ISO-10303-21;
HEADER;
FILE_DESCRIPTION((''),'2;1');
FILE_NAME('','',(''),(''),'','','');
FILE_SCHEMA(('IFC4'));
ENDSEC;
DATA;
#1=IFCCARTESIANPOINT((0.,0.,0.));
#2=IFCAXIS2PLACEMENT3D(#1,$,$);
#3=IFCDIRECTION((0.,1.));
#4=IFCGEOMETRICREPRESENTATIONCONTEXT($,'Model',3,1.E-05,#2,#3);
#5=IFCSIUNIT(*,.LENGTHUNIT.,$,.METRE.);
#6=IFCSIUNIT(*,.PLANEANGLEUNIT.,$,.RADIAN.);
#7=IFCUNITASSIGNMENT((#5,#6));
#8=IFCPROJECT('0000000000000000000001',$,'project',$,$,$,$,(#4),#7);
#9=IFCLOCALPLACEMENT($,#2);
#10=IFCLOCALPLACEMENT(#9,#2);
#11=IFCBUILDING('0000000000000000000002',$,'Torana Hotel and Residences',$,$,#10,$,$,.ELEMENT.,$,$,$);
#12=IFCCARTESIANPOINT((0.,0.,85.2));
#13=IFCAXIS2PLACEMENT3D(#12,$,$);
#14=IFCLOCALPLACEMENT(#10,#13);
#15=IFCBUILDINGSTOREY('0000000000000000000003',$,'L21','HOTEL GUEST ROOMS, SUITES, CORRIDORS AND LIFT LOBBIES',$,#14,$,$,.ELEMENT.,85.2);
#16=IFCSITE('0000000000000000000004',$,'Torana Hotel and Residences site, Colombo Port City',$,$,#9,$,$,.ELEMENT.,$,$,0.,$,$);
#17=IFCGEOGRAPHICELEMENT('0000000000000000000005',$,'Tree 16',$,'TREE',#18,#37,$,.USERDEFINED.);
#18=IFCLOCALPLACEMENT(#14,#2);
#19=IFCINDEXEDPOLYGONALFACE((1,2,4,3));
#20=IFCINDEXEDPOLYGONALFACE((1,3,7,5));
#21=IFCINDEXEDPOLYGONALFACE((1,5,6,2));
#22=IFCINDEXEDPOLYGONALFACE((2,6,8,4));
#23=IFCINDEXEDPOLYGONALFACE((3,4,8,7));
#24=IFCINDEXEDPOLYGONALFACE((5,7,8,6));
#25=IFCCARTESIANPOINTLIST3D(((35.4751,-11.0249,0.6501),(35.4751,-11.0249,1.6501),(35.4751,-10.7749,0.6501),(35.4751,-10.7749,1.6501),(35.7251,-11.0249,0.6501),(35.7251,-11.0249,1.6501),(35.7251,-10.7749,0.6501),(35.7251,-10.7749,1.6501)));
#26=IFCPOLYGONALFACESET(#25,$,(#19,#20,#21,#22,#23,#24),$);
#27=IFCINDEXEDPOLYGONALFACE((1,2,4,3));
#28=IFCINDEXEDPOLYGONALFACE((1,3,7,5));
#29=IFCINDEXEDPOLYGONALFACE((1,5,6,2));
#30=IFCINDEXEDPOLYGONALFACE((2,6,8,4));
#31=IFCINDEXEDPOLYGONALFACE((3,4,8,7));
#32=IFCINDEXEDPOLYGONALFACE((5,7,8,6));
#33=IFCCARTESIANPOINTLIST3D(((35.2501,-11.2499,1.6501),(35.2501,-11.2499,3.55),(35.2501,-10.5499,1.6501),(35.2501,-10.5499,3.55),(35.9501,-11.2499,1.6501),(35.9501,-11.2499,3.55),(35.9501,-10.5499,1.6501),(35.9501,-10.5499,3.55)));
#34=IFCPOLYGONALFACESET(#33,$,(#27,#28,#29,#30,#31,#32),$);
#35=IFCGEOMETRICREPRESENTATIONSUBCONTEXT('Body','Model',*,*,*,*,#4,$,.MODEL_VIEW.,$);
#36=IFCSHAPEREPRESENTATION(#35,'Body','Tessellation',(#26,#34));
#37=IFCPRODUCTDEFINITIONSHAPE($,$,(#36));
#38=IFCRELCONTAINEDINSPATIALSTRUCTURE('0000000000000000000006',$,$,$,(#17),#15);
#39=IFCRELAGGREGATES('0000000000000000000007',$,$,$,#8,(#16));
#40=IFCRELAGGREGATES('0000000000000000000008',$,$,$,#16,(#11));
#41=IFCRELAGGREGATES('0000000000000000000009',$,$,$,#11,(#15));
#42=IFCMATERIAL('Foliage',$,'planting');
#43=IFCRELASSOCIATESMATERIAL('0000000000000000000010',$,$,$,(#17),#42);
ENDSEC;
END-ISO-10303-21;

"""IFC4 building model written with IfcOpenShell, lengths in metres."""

from ifc_helpers import new_model, si_unit, direction, frame, origin, origin_2d, place, context, subcontext, project, spatial, rectangle, extrude, material, element, save


model = new_model("IFC4")

# Units and contexts
model_context = context("Model", 3, precision=1e-05, world=origin(), true_north=direction((0.0, 1.0)))
body_context = subcontext(model_context, "Body", "Model", "MODEL_VIEW")
ifc_project = project(units=[si_unit("LENGTHUNIT", "METRE"), si_unit("PLANEANGLEUNIT", "RADIAN")], contexts=[model_context])

# Site, building, storey
site_placement = place(None, origin())
site = spatial("IfcSite", under=ifc_project, at=site_placement, Name="Torana Hotel and Residences site, Colombo Port City", CompositionType="ELEMENT", RefElevation=0.0)
building_placement = place(site_placement, origin())
building = spatial("IfcBuilding", under=site, at=building_placement, Name="Torana Hotel and Residences", CompositionType="ELEMENT")
storey_placement = place(building_placement, frame((0.0, 0.0, 85.2)))
storey = spatial("IfcBuildingStorey", under=building, at=storey_placement, Name="L21", Description="HOTEL GUEST ROOMS, SUITES, CORRIDORS AND LIFT LOBBIES", CompositionType="ELEMENT", Elevation=85.2)

# Geographic element
ifc_material_1 = material(Name="Foliage", Category="planting")
geographic_element_placement = place(storey_placement, frame((35.6001, -10.8999, 0.6501), z_axis=(0.0, 0.0, 1.0), x_axis=(1.0, 0.0, 0.0)))
element("IfcGeographicElement", 1, at=geographic_element_placement, inside=storey, material=ifc_material_1, Name="Tree 16", ObjectType="TREE", PredefinedType="USERDEFINED", context=body_context, shape_type="SweptSolid", body=[
    extrude(rectangle(XDim=0.25, YDim=0.25, at=origin_2d()), origin(), (0.0, 0.0, 1.0), 1.0),
    extrude(rectangle(XDim=0.7, YDim=0.7, at=origin_2d()), frame((0.0, 0.0, 1.0)), (0.0, 0.0, 1.0), 1.8999),
])

save(model, "model.ifc")
